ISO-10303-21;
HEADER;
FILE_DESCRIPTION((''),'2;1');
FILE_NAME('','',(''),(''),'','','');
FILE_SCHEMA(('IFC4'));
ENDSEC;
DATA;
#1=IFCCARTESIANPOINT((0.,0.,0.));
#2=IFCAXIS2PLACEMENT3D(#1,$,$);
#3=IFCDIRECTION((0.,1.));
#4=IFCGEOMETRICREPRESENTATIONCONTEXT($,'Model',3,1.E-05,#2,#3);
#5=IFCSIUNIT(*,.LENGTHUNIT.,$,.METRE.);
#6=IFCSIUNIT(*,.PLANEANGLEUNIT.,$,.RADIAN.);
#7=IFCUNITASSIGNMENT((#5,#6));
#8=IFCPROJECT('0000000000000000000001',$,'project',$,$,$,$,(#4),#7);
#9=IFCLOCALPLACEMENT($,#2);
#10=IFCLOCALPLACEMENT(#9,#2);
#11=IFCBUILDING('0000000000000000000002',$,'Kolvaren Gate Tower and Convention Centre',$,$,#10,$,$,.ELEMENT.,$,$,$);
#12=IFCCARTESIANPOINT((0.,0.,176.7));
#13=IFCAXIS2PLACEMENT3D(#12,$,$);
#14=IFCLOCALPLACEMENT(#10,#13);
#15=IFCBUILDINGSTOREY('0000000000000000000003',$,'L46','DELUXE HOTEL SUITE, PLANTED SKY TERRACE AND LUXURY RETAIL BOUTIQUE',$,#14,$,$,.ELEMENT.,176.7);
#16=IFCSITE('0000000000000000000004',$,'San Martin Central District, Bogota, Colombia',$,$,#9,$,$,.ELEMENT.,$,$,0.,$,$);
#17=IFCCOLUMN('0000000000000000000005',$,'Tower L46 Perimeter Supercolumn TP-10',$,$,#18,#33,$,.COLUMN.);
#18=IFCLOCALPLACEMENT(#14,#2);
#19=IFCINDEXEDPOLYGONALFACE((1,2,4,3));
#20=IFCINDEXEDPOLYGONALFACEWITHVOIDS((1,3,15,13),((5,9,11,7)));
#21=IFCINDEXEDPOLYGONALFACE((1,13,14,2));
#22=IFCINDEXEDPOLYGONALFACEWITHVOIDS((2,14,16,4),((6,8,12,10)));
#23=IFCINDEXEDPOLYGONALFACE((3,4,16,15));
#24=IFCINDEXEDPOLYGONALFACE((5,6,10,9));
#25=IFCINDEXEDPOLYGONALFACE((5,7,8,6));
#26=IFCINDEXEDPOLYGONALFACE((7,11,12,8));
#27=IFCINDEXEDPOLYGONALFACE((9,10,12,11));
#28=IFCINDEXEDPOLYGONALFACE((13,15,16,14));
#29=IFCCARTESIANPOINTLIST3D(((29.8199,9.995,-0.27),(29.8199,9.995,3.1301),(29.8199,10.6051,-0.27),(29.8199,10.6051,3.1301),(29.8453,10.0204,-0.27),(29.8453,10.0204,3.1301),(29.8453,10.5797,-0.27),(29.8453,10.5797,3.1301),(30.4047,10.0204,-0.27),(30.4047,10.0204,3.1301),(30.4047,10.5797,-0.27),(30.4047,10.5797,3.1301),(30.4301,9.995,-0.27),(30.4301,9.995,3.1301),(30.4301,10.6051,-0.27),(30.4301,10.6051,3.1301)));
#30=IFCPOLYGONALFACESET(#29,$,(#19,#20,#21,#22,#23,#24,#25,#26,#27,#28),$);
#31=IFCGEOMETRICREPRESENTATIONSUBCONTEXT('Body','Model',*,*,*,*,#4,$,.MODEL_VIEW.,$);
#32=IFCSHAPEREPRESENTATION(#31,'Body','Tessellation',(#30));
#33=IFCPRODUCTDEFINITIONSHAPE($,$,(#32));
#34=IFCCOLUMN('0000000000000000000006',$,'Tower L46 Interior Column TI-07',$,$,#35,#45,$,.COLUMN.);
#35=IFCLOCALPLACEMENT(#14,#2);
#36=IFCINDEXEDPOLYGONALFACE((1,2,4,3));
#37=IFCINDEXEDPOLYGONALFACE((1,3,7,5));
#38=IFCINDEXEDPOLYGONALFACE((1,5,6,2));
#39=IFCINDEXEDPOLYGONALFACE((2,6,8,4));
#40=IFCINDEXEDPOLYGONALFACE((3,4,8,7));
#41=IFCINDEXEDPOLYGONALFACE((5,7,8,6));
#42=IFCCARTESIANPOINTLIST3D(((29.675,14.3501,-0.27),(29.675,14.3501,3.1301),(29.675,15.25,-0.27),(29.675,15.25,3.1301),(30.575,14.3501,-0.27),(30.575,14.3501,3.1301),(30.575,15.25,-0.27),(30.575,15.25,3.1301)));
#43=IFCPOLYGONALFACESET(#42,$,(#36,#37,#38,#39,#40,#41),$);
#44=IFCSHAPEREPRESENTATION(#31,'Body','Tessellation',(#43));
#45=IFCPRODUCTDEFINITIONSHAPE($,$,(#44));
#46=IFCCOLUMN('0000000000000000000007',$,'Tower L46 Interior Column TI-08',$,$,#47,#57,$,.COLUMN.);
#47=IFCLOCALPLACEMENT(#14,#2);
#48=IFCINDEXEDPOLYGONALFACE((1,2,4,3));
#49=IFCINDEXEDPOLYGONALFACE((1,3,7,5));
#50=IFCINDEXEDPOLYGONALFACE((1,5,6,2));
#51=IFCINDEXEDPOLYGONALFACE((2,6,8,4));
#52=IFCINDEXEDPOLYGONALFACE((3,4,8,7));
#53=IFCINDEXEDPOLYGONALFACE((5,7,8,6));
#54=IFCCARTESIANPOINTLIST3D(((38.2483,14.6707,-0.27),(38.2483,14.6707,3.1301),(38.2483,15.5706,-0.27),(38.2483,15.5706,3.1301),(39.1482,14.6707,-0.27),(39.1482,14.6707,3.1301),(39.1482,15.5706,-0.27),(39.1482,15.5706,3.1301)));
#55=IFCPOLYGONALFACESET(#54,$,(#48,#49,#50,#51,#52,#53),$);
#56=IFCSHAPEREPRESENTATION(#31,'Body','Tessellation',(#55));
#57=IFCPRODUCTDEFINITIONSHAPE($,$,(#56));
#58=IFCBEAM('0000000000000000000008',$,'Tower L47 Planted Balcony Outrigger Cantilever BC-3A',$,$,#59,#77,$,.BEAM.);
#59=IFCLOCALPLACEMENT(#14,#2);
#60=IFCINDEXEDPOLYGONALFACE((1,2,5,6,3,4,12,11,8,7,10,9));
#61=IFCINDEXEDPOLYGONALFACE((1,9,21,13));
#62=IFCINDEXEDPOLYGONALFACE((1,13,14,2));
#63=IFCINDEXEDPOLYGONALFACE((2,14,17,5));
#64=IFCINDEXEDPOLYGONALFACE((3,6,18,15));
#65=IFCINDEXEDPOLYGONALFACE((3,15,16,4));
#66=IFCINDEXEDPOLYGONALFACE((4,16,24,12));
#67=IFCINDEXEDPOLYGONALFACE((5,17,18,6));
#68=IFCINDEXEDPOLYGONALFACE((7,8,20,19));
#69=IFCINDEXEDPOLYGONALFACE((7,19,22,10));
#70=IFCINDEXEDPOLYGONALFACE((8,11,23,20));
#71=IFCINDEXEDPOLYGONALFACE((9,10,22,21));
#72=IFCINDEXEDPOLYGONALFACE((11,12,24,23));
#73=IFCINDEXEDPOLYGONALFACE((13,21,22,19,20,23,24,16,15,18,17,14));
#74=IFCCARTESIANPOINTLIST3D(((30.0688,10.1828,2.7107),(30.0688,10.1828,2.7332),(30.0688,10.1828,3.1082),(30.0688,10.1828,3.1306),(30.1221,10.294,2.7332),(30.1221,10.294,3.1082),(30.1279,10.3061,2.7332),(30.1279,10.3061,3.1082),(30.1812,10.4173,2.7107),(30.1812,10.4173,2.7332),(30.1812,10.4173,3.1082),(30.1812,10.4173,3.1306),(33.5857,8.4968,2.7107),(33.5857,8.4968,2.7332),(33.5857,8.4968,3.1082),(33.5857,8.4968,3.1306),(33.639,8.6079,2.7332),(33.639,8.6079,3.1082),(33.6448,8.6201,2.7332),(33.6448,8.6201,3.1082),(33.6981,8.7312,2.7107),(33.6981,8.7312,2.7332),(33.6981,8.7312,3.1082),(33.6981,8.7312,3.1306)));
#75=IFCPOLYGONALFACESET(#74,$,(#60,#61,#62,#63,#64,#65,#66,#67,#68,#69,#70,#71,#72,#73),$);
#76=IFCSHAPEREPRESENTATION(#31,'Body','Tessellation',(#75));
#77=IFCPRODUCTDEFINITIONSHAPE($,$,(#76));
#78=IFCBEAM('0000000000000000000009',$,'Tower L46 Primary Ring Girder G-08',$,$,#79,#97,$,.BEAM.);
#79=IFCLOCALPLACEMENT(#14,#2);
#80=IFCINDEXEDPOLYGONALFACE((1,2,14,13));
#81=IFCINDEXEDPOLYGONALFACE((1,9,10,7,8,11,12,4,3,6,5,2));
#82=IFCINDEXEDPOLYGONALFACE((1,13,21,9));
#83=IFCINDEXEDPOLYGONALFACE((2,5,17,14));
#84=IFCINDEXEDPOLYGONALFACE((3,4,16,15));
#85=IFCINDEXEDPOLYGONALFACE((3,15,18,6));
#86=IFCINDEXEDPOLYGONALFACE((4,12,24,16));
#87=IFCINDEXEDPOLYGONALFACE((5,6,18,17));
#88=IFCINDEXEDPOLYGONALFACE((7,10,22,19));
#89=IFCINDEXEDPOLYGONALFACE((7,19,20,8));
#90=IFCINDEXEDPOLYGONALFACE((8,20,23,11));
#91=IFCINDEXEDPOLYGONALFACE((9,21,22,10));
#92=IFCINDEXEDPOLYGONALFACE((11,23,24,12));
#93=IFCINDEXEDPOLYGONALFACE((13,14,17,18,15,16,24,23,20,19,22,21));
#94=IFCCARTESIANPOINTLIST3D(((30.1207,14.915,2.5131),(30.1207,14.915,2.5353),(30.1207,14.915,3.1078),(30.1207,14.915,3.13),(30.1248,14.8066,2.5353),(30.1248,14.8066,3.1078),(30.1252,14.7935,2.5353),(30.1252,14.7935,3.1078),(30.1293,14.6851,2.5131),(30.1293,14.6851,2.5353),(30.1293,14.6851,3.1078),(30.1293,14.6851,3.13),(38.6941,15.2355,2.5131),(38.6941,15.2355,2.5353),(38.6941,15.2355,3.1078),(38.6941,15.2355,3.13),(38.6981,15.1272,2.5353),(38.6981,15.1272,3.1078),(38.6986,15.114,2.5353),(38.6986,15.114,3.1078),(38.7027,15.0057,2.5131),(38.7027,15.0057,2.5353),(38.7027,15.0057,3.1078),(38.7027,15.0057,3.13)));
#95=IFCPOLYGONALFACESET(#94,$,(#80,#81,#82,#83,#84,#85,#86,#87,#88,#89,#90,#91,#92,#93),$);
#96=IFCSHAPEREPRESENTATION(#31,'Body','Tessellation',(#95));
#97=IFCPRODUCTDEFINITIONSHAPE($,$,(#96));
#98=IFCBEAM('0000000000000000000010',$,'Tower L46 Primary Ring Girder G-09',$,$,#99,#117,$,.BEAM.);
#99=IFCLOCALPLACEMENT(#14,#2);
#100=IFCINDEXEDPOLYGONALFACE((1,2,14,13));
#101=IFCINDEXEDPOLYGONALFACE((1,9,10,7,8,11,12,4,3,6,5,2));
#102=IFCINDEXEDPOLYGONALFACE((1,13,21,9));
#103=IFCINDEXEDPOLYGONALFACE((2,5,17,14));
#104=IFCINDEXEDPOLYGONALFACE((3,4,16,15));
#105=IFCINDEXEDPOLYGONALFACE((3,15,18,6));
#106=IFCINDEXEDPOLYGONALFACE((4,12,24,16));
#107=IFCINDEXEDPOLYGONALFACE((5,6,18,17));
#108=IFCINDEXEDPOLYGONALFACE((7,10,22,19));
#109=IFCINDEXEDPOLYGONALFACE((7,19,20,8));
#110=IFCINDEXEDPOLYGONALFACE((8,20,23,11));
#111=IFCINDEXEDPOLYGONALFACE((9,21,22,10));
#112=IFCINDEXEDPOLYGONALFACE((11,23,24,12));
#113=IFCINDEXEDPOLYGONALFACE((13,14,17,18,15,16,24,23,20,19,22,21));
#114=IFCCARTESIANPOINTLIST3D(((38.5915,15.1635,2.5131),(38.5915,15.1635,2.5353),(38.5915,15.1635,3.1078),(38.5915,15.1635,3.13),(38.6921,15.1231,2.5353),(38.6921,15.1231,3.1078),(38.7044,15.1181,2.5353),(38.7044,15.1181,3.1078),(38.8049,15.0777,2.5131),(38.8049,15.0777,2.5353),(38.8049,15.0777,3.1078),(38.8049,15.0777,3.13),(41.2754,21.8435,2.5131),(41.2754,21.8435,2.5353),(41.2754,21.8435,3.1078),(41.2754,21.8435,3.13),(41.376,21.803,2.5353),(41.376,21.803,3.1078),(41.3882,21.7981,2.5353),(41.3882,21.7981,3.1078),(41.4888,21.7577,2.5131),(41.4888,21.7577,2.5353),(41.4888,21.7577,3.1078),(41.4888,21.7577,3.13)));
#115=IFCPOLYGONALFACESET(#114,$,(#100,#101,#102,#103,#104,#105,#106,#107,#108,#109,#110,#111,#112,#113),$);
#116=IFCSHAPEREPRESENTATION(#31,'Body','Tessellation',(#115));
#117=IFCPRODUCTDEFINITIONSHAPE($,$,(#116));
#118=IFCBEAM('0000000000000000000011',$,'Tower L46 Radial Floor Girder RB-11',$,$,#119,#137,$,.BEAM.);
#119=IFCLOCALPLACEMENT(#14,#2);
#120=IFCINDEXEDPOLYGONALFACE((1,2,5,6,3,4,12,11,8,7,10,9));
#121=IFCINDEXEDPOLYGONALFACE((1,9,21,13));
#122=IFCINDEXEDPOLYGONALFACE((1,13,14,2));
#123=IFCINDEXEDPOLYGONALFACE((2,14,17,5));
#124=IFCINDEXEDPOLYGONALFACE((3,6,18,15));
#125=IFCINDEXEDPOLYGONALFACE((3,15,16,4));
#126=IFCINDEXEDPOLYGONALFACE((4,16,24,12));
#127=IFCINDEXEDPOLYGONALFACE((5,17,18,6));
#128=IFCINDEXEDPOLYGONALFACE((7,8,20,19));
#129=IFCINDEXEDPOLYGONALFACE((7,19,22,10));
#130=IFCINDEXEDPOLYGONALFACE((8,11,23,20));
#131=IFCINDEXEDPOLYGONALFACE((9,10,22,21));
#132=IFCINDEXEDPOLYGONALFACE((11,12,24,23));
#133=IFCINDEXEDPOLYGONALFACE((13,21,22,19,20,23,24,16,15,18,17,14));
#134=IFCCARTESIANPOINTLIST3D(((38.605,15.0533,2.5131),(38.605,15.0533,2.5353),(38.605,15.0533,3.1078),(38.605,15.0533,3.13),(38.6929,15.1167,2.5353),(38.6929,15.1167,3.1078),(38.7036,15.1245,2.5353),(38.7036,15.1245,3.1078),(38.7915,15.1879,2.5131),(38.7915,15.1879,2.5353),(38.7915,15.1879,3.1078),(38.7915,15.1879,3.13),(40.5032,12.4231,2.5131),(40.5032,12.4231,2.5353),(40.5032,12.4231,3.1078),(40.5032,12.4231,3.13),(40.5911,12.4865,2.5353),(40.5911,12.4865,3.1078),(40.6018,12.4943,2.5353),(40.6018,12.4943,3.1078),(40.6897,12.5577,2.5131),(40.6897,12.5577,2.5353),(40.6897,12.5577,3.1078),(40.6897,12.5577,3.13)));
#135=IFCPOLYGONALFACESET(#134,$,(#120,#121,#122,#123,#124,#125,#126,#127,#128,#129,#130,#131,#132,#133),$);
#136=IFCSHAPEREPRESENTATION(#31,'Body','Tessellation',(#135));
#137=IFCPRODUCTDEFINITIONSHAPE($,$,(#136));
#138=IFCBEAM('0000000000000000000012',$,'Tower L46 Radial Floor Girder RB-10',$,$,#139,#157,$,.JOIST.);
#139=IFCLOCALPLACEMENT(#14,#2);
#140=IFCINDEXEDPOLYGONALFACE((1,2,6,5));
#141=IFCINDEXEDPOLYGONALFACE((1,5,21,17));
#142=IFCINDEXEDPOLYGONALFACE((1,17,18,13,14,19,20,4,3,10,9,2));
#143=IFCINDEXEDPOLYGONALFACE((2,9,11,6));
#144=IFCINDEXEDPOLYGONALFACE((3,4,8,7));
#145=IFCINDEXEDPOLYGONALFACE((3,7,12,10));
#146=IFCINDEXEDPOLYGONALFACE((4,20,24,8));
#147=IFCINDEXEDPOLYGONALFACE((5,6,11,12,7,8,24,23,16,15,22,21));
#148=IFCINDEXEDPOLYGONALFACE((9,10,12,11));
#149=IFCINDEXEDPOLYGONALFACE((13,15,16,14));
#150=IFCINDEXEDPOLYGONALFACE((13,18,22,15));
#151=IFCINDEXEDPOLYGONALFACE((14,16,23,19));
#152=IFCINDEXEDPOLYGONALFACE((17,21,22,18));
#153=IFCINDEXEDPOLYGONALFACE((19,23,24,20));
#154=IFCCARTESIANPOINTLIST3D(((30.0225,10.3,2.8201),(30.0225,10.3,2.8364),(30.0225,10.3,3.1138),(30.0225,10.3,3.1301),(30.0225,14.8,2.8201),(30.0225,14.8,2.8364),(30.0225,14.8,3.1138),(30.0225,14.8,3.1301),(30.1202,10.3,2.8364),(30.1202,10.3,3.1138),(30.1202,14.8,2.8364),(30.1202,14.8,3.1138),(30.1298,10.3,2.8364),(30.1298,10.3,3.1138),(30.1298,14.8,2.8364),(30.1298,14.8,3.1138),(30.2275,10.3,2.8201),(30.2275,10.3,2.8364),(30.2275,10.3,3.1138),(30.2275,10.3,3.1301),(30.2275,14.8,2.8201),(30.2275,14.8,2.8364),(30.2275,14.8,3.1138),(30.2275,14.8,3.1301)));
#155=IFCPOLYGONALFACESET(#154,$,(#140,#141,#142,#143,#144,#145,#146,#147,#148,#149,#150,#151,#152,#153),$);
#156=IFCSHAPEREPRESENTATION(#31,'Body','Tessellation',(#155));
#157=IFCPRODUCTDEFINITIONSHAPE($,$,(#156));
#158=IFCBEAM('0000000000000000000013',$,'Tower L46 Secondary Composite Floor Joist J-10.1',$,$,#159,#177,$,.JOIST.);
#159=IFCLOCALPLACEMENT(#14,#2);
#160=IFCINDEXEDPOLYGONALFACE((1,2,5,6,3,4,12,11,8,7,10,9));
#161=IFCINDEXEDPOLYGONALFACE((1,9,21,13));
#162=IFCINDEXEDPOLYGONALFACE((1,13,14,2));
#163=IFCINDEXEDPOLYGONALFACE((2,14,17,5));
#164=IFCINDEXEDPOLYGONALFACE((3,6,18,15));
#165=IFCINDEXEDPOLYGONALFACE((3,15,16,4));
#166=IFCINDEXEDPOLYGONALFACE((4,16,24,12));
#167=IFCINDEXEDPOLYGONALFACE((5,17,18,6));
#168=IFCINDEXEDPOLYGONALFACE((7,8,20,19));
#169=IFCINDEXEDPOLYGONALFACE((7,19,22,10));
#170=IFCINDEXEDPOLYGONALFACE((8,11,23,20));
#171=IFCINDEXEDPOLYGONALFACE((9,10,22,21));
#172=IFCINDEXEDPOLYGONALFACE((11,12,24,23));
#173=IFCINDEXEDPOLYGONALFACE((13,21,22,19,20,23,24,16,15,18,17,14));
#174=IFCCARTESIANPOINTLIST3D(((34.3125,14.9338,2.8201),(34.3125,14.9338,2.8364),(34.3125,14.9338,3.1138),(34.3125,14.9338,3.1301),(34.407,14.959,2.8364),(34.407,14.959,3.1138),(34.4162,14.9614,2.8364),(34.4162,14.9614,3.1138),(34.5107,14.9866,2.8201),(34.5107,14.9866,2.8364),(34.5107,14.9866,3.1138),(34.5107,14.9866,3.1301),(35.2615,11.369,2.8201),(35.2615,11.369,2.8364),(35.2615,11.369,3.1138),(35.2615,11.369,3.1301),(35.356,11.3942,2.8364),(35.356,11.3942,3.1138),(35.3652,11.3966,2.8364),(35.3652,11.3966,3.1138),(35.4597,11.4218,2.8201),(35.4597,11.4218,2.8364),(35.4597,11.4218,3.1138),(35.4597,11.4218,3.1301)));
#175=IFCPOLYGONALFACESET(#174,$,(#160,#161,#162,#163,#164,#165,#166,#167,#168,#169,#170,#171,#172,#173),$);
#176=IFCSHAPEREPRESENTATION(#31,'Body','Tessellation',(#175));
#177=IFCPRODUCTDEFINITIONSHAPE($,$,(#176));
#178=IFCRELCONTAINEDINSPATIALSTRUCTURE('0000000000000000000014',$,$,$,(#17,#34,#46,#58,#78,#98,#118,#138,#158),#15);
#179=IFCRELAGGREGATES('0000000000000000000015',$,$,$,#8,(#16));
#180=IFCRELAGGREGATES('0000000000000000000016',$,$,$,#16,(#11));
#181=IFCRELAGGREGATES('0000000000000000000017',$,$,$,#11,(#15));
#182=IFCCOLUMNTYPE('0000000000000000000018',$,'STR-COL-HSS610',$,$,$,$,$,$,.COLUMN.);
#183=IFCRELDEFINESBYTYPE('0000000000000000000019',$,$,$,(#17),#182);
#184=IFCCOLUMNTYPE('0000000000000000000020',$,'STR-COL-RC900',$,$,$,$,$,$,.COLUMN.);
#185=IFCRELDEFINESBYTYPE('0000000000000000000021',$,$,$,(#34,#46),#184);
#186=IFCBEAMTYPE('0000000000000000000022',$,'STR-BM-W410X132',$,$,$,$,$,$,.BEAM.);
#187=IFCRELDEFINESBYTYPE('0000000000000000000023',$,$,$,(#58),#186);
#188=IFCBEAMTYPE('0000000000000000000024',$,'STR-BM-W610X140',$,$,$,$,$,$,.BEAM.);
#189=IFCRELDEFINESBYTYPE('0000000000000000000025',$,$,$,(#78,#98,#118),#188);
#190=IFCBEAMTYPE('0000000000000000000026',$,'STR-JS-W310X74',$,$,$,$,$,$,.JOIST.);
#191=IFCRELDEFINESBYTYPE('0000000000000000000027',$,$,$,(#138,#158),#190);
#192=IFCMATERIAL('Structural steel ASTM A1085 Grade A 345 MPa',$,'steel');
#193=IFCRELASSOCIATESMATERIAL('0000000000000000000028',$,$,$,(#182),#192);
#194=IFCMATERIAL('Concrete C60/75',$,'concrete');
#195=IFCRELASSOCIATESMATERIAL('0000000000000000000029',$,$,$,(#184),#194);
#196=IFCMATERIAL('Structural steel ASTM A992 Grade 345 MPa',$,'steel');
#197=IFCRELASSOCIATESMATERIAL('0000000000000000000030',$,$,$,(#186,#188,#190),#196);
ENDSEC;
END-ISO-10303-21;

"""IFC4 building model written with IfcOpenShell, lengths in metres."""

from ifc_helpers import new_model, si_unit, direction, frame, origin, origin_2d, place, context, subcontext, project, spatial, rectangle, hollow_rectangle, i_section, extrude, material, material_profile, profile_set, type_object, element, save


model = new_model("IFC4")

# Units and contexts
model_context = context("Model", 3, precision=1e-05, world=origin(), true_north=direction((0.0, 1.0)))
body_context = subcontext(model_context, "Body", "Model", "MODEL_VIEW")
ifc_project = project(units=[si_unit("LENGTHUNIT", "METRE"), si_unit("PLANEANGLEUNIT", "RADIAN")], contexts=[model_context])

# Site, building, storey
site_placement = place(None, origin())
site = spatial("IfcSite", under=ifc_project, at=site_placement, Name="San Martin Central District, Bogota, Colombia", CompositionType="ELEMENT", RefElevation=0.0)
building_placement = place(site_placement, origin())
building = spatial("IfcBuilding", under=site, at=building_placement, Name="Kolvaren Gate Tower and Convention Centre", CompositionType="ELEMENT")
storey_placement = place(building_placement, frame((0.0, 0.0, 176.7)))
storey = spatial("IfcBuildingStorey", under=building, at=storey_placement, Name="L46", Description="DELUXE HOTEL SUITE, PLANTED SKY TERRACE AND LUXURY RETAIL BOUTIQUE", CompositionType="ELEMENT", Elevation=176.7)

# Columns
ifc_material_1 = material(Name="Structural steel ASTM A1085 Grade A 345 MPa", Category="steel")
ifc_material_profile_1 = material_profile(ifc_material_1, hollow_rectangle(XDim=0.6101, YDim=0.6101, WallThickness=0.0254, at=origin_2d()), Name="HSS610X610X25.4")
ifc_profile_set_1 = profile_set([ifc_material_profile_1], Name="Structural steel ASTM A1085 Grade A 345 MPa")
column_type_1 = type_object("IfcColumnType", Name="STR-COL-HSS610", PredefinedType="COLUMN", material=ifc_profile_set_1)
column_placement = place(storey_placement, frame((30.125, 10.3, -0.27), z_axis=(0.0, 0.0, 1.0), x_axis=(1.0, 0.0, 0.0)))
element("IfcColumn", 1, at=column_placement, inside=storey, type_object=column_type_1, Name="Tower L46 Perimeter Supercolumn TP-10", PredefinedType="COLUMN", context=body_context, shape_type="SweptSolid", body=[
    extrude(hollow_rectangle(XDim=0.6101, YDim=0.6101, WallThickness=0.0254, at=origin_2d()), origin(), (0.0, 0.0, 1.0), 3.4001),
])
ifc_material_2 = material(Name="Concrete C60/75", Category="concrete")
ifc_material_profile_2 = material_profile(ifc_material_2, rectangle(XDim=0.8999, YDim=0.8999, at=origin_2d()), Name="RC-COL-900X900")
ifc_profile_set_2 = profile_set([ifc_material_profile_2], Name="Concrete C60/75")
column_type_2 = type_object("IfcColumnType", Name="STR-COL-RC900", PredefinedType="COLUMN", material=ifc_profile_set_2)
for number, where, z_axis, x_axis, name in (
    (2, (30.125, 14.8, -0.27), (0.0, 0.0, 1.0), (1.0, 0.0, 0.0), "Tower L46 Interior Column TI-07"),
    (3, (38.6982, 15.1206, -0.27), (0.0, 0.0, 1.0), (1.0, 0.0, 0.0), "Tower L46 Interior Column TI-08"),
):
    element("IfcColumn", number, at=place(storey_placement, frame(where, z_axis=z_axis, x_axis=x_axis)), inside=storey, type_object=column_type_2, Name=name, PredefinedType="COLUMN", context=body_context, shape_type="SweptSolid", body=[
        extrude(rectangle(XDim=0.8999, YDim=0.8999, at=origin_2d()), origin(), (0.0, 0.0, 1.0), 3.4001),
    ])

# Beams
ifc_material_3 = material(Name="Structural steel ASTM A992 Grade 345 MPa", Category="steel")
ifc_material_profile_3 = material_profile(ifc_material_3, i_section(OverallWidth=0.26, OverallDepth=0.4199, WebThickness=0.0134, FlangeThickness=0.0225, at=origin_2d()), Name="W410X132")
ifc_profile_set_3 = profile_set([ifc_material_profile_3], Name="Structural steel ASTM A992 Grade 345 MPa")
beam_type_1 = type_object("IfcBeamType", Name="STR-BM-W410X132", PredefinedType="BEAM", material=ifc_profile_set_3)
beam_1_placement = place(storey_placement, frame((30.125, 10.3, 2.9207), z_axis=(0.901728, -0.432304, 0.0), x_axis=(0.432304, 0.901728, 0.0)))
element("IfcBeam", 4, at=beam_1_placement, inside=storey, type_object=beam_type_1, Name="Tower L47 Planted Balcony Outrigger Cantilever BC-3A", PredefinedType="BEAM", context=body_context, shape_type="SweptSolid", body=[
    extrude(i_section(OverallWidth=0.26, OverallDepth=0.4199, WebThickness=0.0134, FlangeThickness=0.0225, at=origin_2d()), origin(), (0.0, 0.0, 1.0), 3.9001),
])
ifc_material_profile_4 = material_profile(ifc_material_3, i_section(OverallWidth=0.23, OverallDepth=0.6169, WebThickness=0.0132, FlangeThickness=0.0222, at=origin_2d()), Name="W610X140")
ifc_profile_set_4 = profile_set([ifc_material_profile_4], Name="Structural steel ASTM A992 Grade 345 MPa")
beam_type_2 = type_object("IfcBeamType", Name="STR-BM-W610X140", PredefinedType="BEAM", material=ifc_profile_set_4)
beam_2_placement = place(storey_placement, frame((30.125, 14.8, 2.8215), z_axis=(0.999302, 0.037364, 0.0), x_axis=(-0.037364, 0.999302, 0.0)))
element("IfcBeam", 5, at=beam_2_placement, inside=storey, type_object=beam_type_2, Name="Tower L46 Primary Ring Girder G-08", PredefinedType="BEAM", context=body_context, shape_type="SweptSolid", body=[
    extrude(i_section(OverallWidth=0.23, OverallDepth=0.6169, WebThickness=0.0132, FlangeThickness=0.0222, at=origin_2d()), origin(), (0.0, 0.0, 1.0), 8.5793),
])
beam_3_placement = place(storey_placement, frame((38.6982, 15.1206, 2.8215), z_axis=(0.372811, 0.927907, 0.0), x_axis=(-0.927907, 0.372811, 0.0)))
element("IfcBeam", 6, at=beam_3_placement, inside=storey, type_object=beam_type_2, Name="Tower L46 Primary Ring Girder G-09", PredefinedType="BEAM", context=body_context, shape_type="SweptSolid", body=[
    extrude(i_section(OverallWidth=0.23, OverallDepth=0.6169, WebThickness=0.0132, FlangeThickness=0.0222, at=origin_2d()), origin(), (0.0, 0.0, 1.0), 7.199),
])
beam_4_placement = place(storey_placement, frame((38.6982, 15.1206, 2.8215), z_axis=(0.585218, -0.810876, 0.0), x_axis=(0.810876, 0.585218, 0.0)))
element("IfcBeam", 7, at=beam_4_placement, inside=storey, type_object=beam_type_2, Name="Tower L46 Radial Floor Girder RB-11", PredefinedType="BEAM", context=body_context, shape_type="SweptSolid", body=[
    extrude(i_section(OverallWidth=0.23, OverallDepth=0.6169, WebThickness=0.0132, FlangeThickness=0.0222, at=origin_2d()), origin(), (0.0, 0.0, 1.0), 3.2437),
])
ifc_material_profile_5 = material_profile(ifc_material_3, i_section(OverallWidth=0.2051, OverallDepth=0.3101, WebThickness=0.0095, FlangeThickness=0.0164, at=origin_2d()), Name="W310X74")
ifc_profile_set_5 = profile_set([ifc_material_profile_5], Name="Structural steel ASTM A992 Grade 345 MPa")
beam_type_3 = type_object("IfcBeamType", Name="STR-JS-W310X74", PredefinedType="JOIST", material=ifc_profile_set_5)
beam_5_placement = place(storey_placement, frame((30.125, 14.8, 2.9751), z_axis=(0.0, -1.0, 0.0), x_axis=(1.0, 0.0, 0.0)))
element("IfcBeam", 8, at=beam_5_placement, inside=storey, type_object=beam_type_3, Name="Tower L46 Radial Floor Girder RB-10", PredefinedType="JOIST", context=body_context, shape_type="SweptSolid", body=[
    extrude(i_section(OverallWidth=0.2051, OverallDepth=0.3101, WebThickness=0.0095, FlangeThickness=0.0164, at=origin_2d()), origin(), (0.0, 0.0, 1.0), 4.5),
])
beam_6_placement = place(storey_placement, frame((34.4116, 14.9602, 2.9751), z_axis=(0.257238, -0.966348, 0.0), x_axis=(0.966348, 0.257238, 0.0)))
element("IfcBeam", 9, at=beam_6_placement, inside=storey, type_object=beam_type_3, Name="Tower L46 Secondary Composite Floor Joist J-10.1", PredefinedType="JOIST", context=body_context, shape_type="SweptSolid", body=[
    extrude(i_section(OverallWidth=0.2051, OverallDepth=0.3101, WebThickness=0.0095, FlangeThickness=0.0164, at=origin_2d()), origin(), (0.0, 0.0, 1.0), 3.689),
])

save(model, "model.ifc")
